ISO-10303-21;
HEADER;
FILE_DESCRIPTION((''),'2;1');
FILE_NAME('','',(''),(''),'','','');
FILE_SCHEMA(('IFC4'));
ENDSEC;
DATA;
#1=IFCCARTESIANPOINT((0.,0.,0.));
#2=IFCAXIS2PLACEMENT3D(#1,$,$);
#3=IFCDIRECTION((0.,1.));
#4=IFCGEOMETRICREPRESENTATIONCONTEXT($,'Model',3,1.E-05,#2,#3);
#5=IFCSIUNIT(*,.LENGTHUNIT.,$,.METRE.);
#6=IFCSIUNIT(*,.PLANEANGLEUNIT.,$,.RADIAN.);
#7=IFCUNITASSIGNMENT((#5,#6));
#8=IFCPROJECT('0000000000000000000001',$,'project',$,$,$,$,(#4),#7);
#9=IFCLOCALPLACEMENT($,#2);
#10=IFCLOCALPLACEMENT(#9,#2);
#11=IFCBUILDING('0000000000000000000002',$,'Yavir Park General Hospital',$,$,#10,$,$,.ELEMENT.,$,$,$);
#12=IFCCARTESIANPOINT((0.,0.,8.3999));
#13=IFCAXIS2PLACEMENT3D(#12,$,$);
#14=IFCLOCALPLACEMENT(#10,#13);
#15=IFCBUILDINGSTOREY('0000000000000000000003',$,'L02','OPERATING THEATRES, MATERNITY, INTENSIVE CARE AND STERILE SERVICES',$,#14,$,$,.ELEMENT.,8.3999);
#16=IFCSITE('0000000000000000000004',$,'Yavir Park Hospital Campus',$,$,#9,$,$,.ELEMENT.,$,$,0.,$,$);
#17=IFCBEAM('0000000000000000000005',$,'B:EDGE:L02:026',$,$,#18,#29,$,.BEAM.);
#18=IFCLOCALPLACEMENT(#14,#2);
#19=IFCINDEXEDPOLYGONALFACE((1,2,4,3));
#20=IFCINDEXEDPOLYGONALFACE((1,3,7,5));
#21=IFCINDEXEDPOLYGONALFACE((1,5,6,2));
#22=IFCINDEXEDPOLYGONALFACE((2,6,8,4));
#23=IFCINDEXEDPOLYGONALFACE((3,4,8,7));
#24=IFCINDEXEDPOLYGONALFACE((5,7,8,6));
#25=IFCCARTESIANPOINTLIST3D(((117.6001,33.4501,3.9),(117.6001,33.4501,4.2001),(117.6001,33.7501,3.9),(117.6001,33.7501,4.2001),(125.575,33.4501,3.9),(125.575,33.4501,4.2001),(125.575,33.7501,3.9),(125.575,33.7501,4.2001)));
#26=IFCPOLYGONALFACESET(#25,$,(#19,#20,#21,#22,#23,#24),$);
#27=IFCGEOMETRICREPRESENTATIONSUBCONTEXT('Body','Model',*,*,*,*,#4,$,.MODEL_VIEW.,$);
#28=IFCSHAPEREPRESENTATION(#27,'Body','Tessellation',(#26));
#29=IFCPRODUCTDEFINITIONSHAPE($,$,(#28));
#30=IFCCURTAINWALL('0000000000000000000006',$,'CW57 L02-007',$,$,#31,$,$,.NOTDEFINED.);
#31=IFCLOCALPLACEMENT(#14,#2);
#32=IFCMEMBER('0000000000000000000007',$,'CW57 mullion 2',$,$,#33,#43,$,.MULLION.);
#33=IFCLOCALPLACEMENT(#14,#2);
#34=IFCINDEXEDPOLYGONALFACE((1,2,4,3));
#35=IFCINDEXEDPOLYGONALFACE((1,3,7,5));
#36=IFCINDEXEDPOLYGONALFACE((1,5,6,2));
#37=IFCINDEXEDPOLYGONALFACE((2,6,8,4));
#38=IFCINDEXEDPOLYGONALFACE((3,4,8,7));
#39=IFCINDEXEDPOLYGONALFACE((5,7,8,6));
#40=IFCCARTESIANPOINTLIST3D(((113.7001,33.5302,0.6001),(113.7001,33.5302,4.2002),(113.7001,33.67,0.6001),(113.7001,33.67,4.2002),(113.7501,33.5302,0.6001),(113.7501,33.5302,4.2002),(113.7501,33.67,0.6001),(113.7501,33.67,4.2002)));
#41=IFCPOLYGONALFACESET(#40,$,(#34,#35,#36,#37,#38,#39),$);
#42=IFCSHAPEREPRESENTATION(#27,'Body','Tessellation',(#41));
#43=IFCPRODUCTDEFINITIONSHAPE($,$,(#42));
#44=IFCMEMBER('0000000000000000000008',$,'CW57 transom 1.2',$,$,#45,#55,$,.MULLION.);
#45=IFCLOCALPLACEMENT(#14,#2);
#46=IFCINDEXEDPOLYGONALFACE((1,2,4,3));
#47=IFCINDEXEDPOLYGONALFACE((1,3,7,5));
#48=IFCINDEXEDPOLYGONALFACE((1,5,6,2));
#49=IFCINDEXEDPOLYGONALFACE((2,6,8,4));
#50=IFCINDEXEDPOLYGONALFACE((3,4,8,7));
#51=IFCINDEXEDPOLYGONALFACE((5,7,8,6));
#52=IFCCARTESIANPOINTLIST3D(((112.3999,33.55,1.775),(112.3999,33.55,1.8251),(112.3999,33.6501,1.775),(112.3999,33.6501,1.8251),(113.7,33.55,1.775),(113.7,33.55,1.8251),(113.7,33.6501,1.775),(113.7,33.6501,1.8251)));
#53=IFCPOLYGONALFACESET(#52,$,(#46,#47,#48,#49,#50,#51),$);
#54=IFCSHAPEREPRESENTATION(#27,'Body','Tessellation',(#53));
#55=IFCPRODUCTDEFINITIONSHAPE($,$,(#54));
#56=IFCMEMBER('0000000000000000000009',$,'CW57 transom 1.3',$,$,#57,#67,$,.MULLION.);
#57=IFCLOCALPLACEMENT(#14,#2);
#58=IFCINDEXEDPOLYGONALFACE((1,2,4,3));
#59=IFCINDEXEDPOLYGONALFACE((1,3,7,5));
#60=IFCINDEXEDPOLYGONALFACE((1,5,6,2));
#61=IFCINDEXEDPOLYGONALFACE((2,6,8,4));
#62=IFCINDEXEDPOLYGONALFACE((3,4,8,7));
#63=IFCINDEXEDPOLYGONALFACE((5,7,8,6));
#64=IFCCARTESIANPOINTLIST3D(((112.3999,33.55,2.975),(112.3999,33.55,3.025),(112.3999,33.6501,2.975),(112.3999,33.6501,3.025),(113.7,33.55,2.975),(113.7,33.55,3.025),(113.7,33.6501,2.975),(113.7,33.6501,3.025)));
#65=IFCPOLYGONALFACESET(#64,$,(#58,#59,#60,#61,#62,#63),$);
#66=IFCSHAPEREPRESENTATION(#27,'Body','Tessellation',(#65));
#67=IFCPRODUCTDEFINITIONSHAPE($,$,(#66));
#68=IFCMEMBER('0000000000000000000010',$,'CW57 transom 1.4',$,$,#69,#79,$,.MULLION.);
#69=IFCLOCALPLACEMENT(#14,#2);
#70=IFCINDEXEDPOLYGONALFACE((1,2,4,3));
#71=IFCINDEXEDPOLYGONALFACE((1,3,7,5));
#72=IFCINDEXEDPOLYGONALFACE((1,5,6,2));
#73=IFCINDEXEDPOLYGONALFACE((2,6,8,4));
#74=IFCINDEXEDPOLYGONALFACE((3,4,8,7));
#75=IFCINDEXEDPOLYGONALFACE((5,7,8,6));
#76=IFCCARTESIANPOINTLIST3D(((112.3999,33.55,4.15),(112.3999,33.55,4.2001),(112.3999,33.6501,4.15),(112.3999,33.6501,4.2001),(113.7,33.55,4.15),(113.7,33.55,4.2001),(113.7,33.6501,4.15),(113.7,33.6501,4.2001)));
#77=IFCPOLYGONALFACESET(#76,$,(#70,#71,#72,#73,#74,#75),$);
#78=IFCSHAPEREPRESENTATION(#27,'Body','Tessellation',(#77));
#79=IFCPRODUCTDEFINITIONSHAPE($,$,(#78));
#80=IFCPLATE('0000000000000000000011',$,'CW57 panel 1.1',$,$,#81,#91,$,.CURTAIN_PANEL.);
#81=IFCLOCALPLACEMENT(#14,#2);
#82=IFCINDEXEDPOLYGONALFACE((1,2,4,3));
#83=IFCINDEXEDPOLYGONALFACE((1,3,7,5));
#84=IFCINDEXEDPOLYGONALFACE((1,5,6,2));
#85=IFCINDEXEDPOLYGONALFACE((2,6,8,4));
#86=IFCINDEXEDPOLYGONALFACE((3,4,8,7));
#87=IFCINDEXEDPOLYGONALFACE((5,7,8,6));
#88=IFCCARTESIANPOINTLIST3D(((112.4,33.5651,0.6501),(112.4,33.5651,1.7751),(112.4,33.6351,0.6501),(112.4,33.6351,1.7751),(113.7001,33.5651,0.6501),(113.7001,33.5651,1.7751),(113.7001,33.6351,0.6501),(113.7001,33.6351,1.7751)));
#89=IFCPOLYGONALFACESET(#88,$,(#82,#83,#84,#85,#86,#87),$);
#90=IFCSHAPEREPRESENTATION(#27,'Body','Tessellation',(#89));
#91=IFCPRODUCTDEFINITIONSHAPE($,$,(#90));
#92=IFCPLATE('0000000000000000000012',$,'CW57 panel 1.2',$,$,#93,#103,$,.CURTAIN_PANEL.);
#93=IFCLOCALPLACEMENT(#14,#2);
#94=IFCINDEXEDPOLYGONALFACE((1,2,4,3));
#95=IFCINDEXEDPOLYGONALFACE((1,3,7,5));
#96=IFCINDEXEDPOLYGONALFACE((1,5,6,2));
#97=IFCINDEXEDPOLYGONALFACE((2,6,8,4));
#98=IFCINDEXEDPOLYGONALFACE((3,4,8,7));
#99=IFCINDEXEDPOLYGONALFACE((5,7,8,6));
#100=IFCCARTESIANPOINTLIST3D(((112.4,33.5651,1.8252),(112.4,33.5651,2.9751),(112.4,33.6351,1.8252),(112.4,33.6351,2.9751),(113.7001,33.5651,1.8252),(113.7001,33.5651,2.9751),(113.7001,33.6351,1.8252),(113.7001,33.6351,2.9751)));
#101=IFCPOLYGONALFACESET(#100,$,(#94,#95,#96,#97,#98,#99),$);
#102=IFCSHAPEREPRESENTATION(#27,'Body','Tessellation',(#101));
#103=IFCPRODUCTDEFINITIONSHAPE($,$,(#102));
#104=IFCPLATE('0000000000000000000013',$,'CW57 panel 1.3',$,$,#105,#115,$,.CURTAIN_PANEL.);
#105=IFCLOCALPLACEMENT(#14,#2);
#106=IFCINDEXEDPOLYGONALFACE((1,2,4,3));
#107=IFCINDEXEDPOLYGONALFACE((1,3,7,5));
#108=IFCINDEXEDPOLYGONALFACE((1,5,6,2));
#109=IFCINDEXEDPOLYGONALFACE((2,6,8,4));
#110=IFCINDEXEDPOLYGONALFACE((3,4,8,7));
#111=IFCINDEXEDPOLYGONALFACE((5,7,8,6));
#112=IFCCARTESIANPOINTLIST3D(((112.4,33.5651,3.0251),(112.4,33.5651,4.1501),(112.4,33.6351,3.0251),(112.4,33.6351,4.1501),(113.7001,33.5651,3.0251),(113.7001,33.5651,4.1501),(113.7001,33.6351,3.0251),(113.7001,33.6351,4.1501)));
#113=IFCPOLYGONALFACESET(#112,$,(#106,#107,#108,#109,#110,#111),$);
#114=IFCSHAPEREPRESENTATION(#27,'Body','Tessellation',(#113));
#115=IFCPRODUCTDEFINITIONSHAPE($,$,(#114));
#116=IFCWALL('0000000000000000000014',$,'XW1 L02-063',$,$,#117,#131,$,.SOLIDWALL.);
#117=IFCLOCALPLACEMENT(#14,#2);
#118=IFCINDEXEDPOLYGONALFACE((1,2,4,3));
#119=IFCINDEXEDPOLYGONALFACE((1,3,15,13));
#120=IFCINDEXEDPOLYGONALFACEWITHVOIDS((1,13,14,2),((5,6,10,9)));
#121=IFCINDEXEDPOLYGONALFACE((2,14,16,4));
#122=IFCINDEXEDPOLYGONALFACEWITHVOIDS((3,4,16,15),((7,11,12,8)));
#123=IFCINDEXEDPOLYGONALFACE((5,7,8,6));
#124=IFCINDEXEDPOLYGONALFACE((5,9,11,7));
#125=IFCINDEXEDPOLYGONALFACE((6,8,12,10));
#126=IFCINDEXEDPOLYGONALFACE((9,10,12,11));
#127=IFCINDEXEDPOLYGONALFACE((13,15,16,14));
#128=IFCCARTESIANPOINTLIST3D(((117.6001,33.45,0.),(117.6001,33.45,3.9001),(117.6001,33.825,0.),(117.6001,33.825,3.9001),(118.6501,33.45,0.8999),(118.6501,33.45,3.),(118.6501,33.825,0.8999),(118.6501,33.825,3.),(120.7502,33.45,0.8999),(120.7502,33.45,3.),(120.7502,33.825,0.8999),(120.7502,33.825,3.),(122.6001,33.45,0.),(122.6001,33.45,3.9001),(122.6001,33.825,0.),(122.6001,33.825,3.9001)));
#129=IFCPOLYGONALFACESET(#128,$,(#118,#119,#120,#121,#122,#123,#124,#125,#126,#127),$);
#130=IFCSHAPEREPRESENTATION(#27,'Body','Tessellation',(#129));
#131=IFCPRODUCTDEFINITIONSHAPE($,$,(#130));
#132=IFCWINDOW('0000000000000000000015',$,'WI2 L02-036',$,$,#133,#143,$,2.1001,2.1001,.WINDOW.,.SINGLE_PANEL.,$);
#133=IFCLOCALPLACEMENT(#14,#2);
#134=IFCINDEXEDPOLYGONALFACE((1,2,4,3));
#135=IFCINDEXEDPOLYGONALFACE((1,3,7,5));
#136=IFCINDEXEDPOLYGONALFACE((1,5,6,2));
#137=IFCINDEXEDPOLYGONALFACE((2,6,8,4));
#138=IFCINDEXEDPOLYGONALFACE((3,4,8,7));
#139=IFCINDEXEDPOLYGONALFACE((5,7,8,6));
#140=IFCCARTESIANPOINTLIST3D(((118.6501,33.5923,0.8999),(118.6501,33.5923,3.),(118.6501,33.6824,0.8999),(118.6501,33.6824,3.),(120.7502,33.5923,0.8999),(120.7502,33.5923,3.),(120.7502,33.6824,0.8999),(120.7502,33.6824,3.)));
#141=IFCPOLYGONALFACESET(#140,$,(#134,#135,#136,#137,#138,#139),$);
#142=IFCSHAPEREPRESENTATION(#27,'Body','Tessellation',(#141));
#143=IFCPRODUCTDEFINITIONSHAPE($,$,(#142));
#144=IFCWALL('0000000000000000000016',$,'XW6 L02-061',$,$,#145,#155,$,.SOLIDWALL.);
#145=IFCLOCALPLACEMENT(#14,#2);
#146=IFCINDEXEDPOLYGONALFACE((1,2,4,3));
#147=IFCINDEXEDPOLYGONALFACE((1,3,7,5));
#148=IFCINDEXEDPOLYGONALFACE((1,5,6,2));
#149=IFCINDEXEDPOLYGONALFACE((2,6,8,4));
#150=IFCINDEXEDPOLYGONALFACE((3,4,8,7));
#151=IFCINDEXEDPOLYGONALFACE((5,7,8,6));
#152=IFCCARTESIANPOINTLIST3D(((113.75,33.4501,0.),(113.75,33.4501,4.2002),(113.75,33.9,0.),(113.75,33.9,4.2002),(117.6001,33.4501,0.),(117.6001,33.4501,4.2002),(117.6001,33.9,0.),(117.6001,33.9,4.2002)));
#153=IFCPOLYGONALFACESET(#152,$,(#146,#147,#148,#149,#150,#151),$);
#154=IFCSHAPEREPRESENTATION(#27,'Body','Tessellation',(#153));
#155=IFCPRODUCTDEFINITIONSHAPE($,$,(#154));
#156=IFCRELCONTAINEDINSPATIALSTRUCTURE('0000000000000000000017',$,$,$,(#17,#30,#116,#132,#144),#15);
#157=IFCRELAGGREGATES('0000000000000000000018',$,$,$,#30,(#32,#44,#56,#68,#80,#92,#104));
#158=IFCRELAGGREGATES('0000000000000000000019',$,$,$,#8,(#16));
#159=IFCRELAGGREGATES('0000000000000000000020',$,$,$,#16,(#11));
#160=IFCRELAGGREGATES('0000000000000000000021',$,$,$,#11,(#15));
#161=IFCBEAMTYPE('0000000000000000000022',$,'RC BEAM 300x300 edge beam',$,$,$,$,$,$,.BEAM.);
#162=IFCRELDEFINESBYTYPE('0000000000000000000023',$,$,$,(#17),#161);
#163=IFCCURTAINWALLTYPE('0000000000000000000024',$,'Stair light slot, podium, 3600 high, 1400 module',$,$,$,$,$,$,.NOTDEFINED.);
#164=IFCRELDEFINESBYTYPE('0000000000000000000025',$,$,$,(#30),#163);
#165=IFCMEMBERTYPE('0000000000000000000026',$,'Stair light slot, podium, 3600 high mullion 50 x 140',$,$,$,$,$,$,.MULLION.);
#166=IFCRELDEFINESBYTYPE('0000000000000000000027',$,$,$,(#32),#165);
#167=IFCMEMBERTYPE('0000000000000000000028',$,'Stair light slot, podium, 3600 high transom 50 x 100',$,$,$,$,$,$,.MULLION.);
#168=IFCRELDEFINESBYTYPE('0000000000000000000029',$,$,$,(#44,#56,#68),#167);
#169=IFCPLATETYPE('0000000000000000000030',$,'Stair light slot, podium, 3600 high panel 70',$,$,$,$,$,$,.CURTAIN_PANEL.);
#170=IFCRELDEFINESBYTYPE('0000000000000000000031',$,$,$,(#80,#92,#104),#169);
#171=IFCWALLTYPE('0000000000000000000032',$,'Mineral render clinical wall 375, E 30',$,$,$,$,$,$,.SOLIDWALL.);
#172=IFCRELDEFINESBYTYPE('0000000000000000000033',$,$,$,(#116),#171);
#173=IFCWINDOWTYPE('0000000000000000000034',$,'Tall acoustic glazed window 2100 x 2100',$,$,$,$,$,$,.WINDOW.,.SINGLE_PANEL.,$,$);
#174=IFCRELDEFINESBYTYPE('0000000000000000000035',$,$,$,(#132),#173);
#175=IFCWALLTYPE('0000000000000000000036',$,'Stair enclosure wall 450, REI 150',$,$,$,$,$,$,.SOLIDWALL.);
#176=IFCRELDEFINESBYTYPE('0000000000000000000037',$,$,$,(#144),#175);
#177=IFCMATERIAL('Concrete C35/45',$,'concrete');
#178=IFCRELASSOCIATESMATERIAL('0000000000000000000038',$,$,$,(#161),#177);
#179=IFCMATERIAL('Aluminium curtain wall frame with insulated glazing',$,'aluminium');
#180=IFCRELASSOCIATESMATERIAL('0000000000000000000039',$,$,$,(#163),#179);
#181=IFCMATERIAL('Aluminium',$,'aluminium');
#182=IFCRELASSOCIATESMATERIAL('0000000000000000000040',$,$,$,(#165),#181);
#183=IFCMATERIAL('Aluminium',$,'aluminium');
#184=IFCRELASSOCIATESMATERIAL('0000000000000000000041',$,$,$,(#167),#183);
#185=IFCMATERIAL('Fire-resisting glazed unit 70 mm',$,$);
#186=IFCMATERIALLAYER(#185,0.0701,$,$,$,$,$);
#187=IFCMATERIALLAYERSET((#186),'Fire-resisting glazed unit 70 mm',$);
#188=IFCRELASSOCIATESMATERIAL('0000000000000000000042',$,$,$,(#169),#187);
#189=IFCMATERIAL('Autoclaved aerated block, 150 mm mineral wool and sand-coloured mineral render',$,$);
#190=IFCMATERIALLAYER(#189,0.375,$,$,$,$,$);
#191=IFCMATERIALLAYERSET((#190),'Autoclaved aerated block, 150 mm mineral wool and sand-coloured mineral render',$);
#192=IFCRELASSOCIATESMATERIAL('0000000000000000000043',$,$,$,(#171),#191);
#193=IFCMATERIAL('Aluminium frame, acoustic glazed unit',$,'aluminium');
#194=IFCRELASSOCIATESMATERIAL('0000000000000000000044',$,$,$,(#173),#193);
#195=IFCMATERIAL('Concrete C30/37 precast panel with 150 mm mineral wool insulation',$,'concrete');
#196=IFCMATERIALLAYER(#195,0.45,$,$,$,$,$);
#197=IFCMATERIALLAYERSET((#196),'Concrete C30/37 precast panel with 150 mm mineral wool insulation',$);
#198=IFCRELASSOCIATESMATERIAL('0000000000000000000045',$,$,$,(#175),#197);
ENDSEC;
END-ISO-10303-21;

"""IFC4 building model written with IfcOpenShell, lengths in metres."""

from ifc_helpers import new_model, si_unit, direction, frame, frame_2d, origin, origin_2d, place, context, subcontext, project, spatial, rectangle, extrude, material, layer, layer_set, material_profile, profile_set, type_object, element, fill, aggregate, save


model = new_model("IFC4")

# Units and contexts
model_context = context("Model", 3, precision=1e-05, world=origin(), true_north=direction((0.0, 1.0)))
body_context = subcontext(model_context, "Body", "Model", "MODEL_VIEW")
ifc_project = project(units=[si_unit("LENGTHUNIT", "METRE"), si_unit("PLANEANGLEUNIT", "RADIAN")], contexts=[model_context])

# Site, building, storey
site_placement = place(None, origin())
site = spatial("IfcSite", under=ifc_project, at=site_placement, Name="Yavir Park Hospital Campus", CompositionType="ELEMENT", RefElevation=0.0)
building_placement = place(site_placement, origin())
building = spatial("IfcBuilding", under=site, at=building_placement, Name="Yavir Park General Hospital", CompositionType="ELEMENT")
storey_placement = place(building_placement, frame((0.0, 0.0, 8.3999)))
storey = spatial("IfcBuildingStorey", under=building, at=storey_placement, Name="L02", Description="OPERATING THEATRES, MATERNITY, INTENSIVE CARE AND STERILE SERVICES", CompositionType="ELEMENT", Elevation=8.3999)

# Beam
ifc_material_1 = material(Name="Concrete C35/45", Category="concrete")
ifc_material_profile_1 = material_profile(ifc_material_1, rectangle(XDim=0.3, YDim=0.3, at=origin_2d()), Name="RC300x300")
ifc_profile_set_1 = profile_set([ifc_material_profile_1], Name="Concrete C35/45")
beam_type = type_object("IfcBeamType", Name="RC BEAM 300x300 edge beam", PredefinedType="BEAM", material=ifc_profile_set_1)
beam_placement = place(storey_placement, frame((117.6001, 33.6001, 4.05), z_axis=(1.0, 0.0, 0.0), x_axis=(0.0, 1.0, 0.0)))
element("IfcBeam", 1, at=beam_placement, inside=storey, type_object=beam_type, Name="B:EDGE:L02:026", PredefinedType="BEAM", context=body_context, shape_type="SweptSolid", body=[
    extrude(rectangle(XDim=0.3, YDim=0.3, at=origin_2d()), origin(), (0.0, 0.0, 1.0), 7.9749),
])

# Curtain wall, members, plates
ifc_material_2 = material(Name="Aluminium curtain wall frame with insulated glazing", Category="aluminium")
curtain_wall_type = type_object("IfcCurtainWallType", Name="Stair light slot, podium, 3600 high, 1400 module", PredefinedType="NOTDEFINED", material=ifc_material_2)
curtain_wall_placement = place(storey_placement, origin())
curtain_wall = element("IfcCurtainWall", 2, at=curtain_wall_placement, inside=storey, type_object=curtain_wall_type, Name="CW57 L02-007", PredefinedType="NOTDEFINED")
ifc_material_3 = material(Name="Aluminium", Category="aluminium")
ifc_material_profile_2 = material_profile(ifc_material_3, rectangle(XDim=0.1399, YDim=0.05, at=origin_2d()), Name="AL 50x140")
ifc_profile_set_2 = profile_set([ifc_material_profile_2], Name="Aluminium")
member_type_1 = type_object("IfcMemberType", Name="Stair light slot, podium, 3600 high mullion 50 x 140", PredefinedType="MULLION", material=ifc_profile_set_2)
member_1_placement = place(storey_placement, frame((113.7251, 33.6001, 0.6001), z_axis=(0.0, 0.0, 1.0), x_axis=(0.0, 1.0, 0.0)))
member_1 = element("IfcMember", 3, at=member_1_placement, type_object=member_type_1, Name="CW57 mullion 2", PredefinedType="MULLION", context=body_context, shape_type="SweptSolid", body=[
    extrude(rectangle(XDim=0.1399, YDim=0.05, at=origin_2d()), origin(), (0.0, 0.0, 1.0), 3.6001),
])
ifc_material_4 = material(Name="Aluminium", Category="aluminium")
ifc_material_profile_3 = material_profile(ifc_material_4, rectangle(XDim=0.1001, YDim=0.05, at=origin_2d()), Name="AL 100x50")
ifc_profile_set_3 = profile_set([ifc_material_profile_3], Name="Aluminium")
member_type_2 = type_object("IfcMemberType", Name="Stair light slot, podium, 3600 high transom 50 x 100", PredefinedType="MULLION", material=ifc_profile_set_3)
member_2_placement = place(storey_placement, frame((112.3999, 33.6001, 1.8), z_axis=(1.0, 0.0, 0.0), x_axis=(0.0, 1.0, 0.0)))
member_2 = element("IfcMember", 4, at=member_2_placement, type_object=member_type_2, Name="CW57 transom 1.2", PredefinedType="MULLION", context=body_context, shape_type="SweptSolid", body=[
    extrude(rectangle(XDim=0.1001, YDim=0.05, at=origin_2d()), origin(), (0.0, 0.0, 1.0), 1.3),
])
member_3_placement = place(storey_placement, frame((112.3999, 33.6001, 3.0), z_axis=(1.0, 0.0, 0.0), x_axis=(0.0, 1.0, 0.0)))
member_3 = element("IfcMember", 5, at=member_3_placement, type_object=member_type_2, Name="CW57 transom 1.3", PredefinedType="MULLION", context=body_context, shape_type="SweptSolid", body=[
    extrude(rectangle(XDim=0.1001, YDim=0.05, at=origin_2d()), origin(), (0.0, 0.0, 1.0), 1.3),
])
member_4_placement = place(storey_placement, frame((112.3999, 33.6001, 4.175), z_axis=(1.0, 0.0, 0.0), x_axis=(0.0, 1.0, 0.0)))
member_4 = element("IfcMember", 6, at=member_4_placement, type_object=member_type_2, Name="CW57 transom 1.4", PredefinedType="MULLION", context=body_context, shape_type="SweptSolid", body=[
    extrude(rectangle(XDim=0.1001, YDim=0.05, at=origin_2d()), origin(), (0.0, 0.0, 1.0), 1.3),
])
ifc_material_5 = material(Name="Fire-resisting glazed unit 70 mm")
ifc_layer_1 = layer(ifc_material_5, 0.0701)
ifc_layer_set_1 = layer_set([ifc_layer_1], Name="Fire-resisting glazed unit 70 mm")
plate_type = type_object("IfcPlateType", Name="Stair light slot, podium, 3600 high panel 70", PredefinedType="CURTAIN_PANEL", material=ifc_layer_set_1)
plate_1_placement = place(storey_placement, frame((113.05, 33.6001, 0.6501), z_axis=(0.0, 0.0, 1.0), x_axis=(1.0, 0.0, 0.0)))
plate_1 = element("IfcPlate", 7, at=plate_1_placement, type_object=plate_type, Name="CW57 panel 1.1", PredefinedType="CURTAIN_PANEL", context=body_context, shape_type="SweptSolid", body=[
    extrude(rectangle(XDim=1.3, YDim=0.0701, at=origin_2d()), origin(), (0.0, 0.0, 1.0), 1.125),
])
plate_2_placement = place(storey_placement, frame((113.05, 33.6001, 1.8252), z_axis=(0.0, 0.0, 1.0), x_axis=(1.0, 0.0, 0.0)))
plate_2 = element("IfcPlate", 8, at=plate_2_placement, type_object=plate_type, Name="CW57 panel 1.2", PredefinedType="CURTAIN_PANEL", context=body_context, shape_type="SweptSolid", body=[
    extrude(rectangle(XDim=1.3, YDim=0.0701, at=origin_2d()), origin(), (0.0, 0.0, 1.0), 1.1499),
])
plate_3_placement = place(storey_placement, frame((113.05, 33.6001, 3.0251), z_axis=(0.0, 0.0, 1.0), x_axis=(1.0, 0.0, 0.0)))
plate_3 = element("IfcPlate", 9, at=plate_3_placement, type_object=plate_type, Name="CW57 panel 1.3", PredefinedType="CURTAIN_PANEL", context=body_context, shape_type="SweptSolid", body=[
    extrude(rectangle(XDim=1.3, YDim=0.0701, at=origin_2d()), origin(), (0.0, 0.0, 1.0), 1.125),
])
aggregate(curtain_wall, [member_1, member_2, member_3, member_4, plate_1, plate_2, plate_3])

# Wall, opening, window
ifc_material_6 = material(Name="Autoclaved aerated block, 150 mm mineral wool and sand-coloured mineral render")
ifc_layer_2 = layer(ifc_material_6, 0.375)
ifc_layer_set_2 = layer_set([ifc_layer_2], Name="Autoclaved aerated block, 150 mm mineral wool and sand-coloured mineral render")
wall_type_1 = type_object("IfcWallType", Name="Mineral render clinical wall 375, E 30", PredefinedType="SOLIDWALL", material=ifc_layer_set_2)
wall_1_placement = place(storey_placement, frame((117.6001, 33.6375, 0.0), z_axis=(0.0, 0.0, 1.0), x_axis=(1.0, 0.0, 0.0)))
wall_1 = element("IfcWall", 10, at=wall_1_placement, inside=storey, type_object=wall_type_1, Name="XW1 L02-063", PredefinedType="SOLIDWALL", context=body_context, shape_type="SweptSolid", body=[
    extrude(rectangle(XDim=5.0, YDim=0.375, at=frame_2d((2.5, 0.0))), origin(), (0.0, 0.0, 1.0), 3.9001),
])
opening_placement = place(wall_1_placement, frame((1.05, 0.0, 0.8999)))
opening = element("IfcOpeningElement", 11, at=opening_placement, cuts=wall_1, PredefinedType="OPENING", context=body_context, shape_type="SweptSolid", body=[
    extrude(rectangle(XDim=2.1001, YDim=2.1001, at=frame_2d((1.05, 1.05))), frame((0.0, 0.1975, 0.0), z_axis=(0.0, -1.0, 0.0), x_axis=(1.0, 0.0, 0.0)), (0.0, 0.0, 1.0), 0.395),
])
ifc_material_7 = material(Name="Aluminium frame, acoustic glazed unit", Category="aluminium")
window_type = type_object("IfcWindowType", Name="Tall acoustic glazed window 2100 x 2100", PartitioningType="SINGLE_PANEL", PredefinedType="WINDOW", material=ifc_material_7)
window_placement = place(opening_placement, origin())
window = element("IfcWindow", 12, at=window_placement, inside=storey, type_object=window_type, Name="WI2 L02-036", OverallHeight=2.1001, OverallWidth=2.1001, PartitioningType="SINGLE_PANEL", PredefinedType="WINDOW", context=body_context, shape_type="SweptSolid", body=[
    extrude(rectangle(XDim=2.1001, YDim=2.1001, at=frame_2d((1.05, 1.05))), frame((0.0, 0.0449, 0.0), z_axis=(0.0, -1.0, 0.0), x_axis=(1.0, 0.0, 0.0)), (0.0, 0.0, 1.0), 0.0901),
])
fill(opening, window)

# Wall
ifc_material_8 = material(Name="Concrete C30/37 precast panel with 150 mm mineral wool insulation", Category="concrete")
ifc_layer_3 = layer(ifc_material_8, 0.45)
ifc_layer_set_3 = layer_set([ifc_layer_3], Name="Concrete C30/37 precast panel with 150 mm mineral wool insulation")
wall_type_2 = type_object("IfcWallType", Name="Stair enclosure wall 450, REI 150", PredefinedType="SOLIDWALL", material=ifc_layer_set_3)
wall_2_placement = place(storey_placement, frame((113.75, 33.675, 0.0), z_axis=(0.0, 0.0, 1.0), x_axis=(1.0, 0.0, 0.0)))
element("IfcWall", 13, at=wall_2_placement, inside=storey, type_object=wall_type_2, Name="XW6 L02-061", PredefinedType="SOLIDWALL", context=body_context, shape_type="SweptSolid", body=[
    extrude(rectangle(XDim=3.8501, YDim=0.45, at=frame_2d((1.925, 0.0))), origin(), (0.0, 0.0, 1.0), 4.2002),
])

save(model, "model.ifc")
